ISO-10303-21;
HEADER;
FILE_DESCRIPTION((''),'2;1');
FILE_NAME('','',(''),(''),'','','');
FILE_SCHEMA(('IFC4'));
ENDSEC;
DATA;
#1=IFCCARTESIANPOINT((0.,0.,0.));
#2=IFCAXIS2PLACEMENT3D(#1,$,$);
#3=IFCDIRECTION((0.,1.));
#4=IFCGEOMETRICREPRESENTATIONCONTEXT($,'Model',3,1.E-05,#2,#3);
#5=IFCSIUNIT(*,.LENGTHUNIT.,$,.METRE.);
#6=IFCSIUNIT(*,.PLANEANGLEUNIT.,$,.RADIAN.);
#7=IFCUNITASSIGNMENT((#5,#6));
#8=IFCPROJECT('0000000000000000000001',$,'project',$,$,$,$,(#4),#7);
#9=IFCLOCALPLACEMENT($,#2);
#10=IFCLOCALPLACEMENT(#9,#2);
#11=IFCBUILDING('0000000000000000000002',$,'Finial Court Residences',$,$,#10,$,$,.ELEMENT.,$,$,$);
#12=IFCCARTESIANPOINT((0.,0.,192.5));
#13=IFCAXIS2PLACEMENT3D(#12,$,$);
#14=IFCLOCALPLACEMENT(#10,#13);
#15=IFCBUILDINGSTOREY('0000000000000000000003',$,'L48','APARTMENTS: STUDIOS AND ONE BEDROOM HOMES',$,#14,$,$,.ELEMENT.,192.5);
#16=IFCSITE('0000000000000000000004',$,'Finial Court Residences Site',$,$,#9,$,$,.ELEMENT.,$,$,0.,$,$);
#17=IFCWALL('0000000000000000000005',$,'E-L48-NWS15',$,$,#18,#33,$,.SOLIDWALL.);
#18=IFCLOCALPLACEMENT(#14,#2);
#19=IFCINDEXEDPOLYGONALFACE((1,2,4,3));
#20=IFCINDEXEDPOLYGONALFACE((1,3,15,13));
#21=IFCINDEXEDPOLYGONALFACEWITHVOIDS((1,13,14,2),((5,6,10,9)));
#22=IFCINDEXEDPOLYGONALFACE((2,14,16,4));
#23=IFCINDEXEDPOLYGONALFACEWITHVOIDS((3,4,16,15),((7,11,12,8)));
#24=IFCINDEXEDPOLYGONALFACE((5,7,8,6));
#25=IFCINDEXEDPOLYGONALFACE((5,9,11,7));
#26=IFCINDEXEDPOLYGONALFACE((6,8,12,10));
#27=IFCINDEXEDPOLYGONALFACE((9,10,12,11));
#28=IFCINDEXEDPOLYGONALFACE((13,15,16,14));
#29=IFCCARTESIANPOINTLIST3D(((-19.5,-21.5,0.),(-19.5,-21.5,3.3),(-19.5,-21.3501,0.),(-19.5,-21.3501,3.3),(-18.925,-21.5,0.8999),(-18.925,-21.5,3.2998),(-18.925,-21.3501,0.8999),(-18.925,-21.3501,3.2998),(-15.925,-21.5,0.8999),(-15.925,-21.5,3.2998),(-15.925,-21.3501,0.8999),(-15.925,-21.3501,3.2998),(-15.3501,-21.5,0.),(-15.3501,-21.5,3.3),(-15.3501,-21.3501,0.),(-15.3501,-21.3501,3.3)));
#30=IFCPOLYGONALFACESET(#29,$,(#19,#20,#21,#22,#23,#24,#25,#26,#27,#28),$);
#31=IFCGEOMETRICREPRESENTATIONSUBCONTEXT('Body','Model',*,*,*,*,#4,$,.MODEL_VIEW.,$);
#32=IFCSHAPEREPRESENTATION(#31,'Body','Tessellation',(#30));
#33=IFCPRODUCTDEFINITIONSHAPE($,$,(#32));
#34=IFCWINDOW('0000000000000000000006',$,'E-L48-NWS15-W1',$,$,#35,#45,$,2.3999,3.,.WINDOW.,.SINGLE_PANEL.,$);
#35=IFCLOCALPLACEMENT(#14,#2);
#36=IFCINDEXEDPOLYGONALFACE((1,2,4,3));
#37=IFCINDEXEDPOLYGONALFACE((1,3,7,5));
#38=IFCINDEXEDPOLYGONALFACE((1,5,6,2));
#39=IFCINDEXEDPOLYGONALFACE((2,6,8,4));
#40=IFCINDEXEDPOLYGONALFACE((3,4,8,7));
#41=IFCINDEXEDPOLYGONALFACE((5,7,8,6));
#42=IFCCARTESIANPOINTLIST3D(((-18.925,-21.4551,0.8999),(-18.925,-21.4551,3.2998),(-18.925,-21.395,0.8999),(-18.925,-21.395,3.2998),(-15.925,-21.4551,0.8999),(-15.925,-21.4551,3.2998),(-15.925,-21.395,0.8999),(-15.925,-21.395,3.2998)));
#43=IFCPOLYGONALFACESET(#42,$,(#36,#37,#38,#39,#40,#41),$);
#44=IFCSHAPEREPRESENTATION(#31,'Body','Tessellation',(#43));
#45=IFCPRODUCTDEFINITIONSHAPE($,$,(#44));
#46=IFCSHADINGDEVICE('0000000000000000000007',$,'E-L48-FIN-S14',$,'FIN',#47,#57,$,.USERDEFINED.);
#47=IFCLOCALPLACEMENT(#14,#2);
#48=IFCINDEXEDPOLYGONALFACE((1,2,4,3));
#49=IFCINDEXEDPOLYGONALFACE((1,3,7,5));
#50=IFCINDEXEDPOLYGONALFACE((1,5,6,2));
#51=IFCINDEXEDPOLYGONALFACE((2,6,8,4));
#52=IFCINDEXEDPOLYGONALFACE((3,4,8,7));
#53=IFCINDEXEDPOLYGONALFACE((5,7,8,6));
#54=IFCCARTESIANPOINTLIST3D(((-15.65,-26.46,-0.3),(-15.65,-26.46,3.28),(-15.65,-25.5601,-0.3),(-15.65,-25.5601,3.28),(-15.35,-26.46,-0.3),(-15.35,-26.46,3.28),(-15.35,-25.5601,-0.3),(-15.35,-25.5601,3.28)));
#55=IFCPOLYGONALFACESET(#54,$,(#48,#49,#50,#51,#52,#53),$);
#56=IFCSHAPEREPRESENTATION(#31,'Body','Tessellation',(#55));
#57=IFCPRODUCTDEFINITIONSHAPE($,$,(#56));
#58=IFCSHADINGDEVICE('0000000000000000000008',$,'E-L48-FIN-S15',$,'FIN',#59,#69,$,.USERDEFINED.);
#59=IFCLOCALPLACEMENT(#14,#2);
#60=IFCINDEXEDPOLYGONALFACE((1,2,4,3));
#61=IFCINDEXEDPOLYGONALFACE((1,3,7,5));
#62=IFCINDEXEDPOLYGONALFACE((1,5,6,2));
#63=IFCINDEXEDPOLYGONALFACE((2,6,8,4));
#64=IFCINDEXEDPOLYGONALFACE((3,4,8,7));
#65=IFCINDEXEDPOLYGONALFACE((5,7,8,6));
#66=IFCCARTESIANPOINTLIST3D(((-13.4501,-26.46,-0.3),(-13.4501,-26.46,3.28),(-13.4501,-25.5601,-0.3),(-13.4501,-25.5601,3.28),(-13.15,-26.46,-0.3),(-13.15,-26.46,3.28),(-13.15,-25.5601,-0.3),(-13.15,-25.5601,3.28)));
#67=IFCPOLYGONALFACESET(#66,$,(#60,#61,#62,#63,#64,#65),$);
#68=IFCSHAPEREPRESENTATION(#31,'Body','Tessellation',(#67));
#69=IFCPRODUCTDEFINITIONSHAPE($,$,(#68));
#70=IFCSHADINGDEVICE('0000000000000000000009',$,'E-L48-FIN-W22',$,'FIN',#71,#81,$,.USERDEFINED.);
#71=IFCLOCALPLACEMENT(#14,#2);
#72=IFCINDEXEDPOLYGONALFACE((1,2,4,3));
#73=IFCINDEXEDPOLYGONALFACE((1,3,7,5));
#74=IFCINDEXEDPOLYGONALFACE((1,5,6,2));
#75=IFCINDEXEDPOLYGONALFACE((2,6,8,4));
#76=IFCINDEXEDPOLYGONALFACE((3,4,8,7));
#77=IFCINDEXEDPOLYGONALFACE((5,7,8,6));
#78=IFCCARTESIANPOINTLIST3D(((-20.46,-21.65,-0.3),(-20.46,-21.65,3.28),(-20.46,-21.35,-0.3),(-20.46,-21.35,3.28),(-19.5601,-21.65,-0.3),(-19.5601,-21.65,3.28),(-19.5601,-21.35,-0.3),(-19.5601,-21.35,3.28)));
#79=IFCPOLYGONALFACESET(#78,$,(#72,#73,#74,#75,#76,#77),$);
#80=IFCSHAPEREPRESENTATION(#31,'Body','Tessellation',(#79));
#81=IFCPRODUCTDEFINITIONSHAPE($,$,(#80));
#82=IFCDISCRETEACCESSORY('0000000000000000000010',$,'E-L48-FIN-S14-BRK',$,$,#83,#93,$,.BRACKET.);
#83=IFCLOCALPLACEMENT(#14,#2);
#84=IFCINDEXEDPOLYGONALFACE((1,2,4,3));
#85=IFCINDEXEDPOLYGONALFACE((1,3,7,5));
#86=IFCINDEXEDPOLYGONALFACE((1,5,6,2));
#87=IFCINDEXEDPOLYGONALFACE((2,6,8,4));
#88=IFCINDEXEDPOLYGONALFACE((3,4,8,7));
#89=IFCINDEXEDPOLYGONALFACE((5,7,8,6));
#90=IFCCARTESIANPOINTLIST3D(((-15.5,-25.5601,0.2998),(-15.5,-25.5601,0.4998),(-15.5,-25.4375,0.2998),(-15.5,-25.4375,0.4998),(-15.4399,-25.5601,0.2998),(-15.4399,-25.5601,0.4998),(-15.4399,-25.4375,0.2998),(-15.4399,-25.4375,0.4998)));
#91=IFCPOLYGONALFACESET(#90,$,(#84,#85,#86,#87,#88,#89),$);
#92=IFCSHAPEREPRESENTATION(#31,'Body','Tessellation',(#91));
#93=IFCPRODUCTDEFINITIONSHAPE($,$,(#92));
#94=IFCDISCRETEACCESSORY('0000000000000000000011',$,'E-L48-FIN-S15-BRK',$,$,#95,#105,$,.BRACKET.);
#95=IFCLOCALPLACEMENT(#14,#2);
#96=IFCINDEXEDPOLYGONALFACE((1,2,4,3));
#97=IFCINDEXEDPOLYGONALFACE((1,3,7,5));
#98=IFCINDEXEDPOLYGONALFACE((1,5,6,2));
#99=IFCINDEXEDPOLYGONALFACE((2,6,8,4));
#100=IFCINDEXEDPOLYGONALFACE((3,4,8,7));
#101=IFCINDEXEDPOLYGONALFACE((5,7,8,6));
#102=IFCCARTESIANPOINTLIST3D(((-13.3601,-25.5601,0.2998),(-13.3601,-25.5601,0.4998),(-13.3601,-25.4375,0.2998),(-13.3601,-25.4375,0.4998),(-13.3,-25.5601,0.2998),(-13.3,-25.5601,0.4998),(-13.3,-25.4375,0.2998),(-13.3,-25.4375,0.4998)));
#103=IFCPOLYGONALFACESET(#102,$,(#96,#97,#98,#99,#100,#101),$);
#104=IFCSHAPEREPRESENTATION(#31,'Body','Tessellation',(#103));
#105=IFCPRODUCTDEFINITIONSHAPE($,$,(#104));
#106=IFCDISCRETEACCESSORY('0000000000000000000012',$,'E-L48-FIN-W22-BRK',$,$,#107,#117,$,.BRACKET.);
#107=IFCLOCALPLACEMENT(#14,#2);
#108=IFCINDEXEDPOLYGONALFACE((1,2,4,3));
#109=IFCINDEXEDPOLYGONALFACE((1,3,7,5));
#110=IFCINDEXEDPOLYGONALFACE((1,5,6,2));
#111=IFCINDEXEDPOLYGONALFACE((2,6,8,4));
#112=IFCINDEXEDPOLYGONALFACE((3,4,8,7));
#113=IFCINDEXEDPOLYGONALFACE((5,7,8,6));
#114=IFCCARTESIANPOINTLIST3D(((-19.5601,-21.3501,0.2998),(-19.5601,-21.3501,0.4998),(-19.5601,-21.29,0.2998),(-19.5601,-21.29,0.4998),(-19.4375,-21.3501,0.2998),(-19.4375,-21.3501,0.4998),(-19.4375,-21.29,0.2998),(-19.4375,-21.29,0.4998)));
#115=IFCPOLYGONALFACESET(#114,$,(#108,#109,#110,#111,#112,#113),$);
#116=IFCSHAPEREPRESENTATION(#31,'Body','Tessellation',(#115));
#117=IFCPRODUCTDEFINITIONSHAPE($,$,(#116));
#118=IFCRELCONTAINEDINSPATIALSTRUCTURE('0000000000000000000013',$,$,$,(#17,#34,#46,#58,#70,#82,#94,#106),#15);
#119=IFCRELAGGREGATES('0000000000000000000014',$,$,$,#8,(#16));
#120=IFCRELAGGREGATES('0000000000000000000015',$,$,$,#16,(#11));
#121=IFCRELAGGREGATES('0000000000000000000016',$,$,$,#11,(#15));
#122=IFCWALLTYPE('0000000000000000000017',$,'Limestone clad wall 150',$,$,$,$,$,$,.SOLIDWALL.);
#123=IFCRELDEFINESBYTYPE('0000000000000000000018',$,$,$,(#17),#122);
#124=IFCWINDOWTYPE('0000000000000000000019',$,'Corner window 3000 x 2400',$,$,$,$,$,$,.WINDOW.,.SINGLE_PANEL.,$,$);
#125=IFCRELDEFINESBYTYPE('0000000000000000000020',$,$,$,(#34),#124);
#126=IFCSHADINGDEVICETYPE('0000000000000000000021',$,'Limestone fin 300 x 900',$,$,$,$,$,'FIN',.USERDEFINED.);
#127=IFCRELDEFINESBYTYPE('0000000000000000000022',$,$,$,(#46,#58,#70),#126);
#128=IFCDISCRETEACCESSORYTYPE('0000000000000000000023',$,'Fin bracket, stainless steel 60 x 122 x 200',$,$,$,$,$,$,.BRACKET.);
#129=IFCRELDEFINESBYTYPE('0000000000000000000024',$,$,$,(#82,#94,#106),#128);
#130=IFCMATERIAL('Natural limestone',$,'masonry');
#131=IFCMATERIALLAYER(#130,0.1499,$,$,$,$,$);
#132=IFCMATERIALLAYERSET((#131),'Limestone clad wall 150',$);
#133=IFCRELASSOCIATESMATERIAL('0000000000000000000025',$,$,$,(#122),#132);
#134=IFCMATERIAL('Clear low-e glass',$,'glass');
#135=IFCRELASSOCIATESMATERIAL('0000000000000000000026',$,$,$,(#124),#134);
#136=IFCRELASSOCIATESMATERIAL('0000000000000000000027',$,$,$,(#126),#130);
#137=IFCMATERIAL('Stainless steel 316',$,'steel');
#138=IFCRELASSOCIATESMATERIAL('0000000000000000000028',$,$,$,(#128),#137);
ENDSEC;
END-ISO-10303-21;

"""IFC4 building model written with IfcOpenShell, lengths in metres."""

from ifc_helpers import new_model, si_unit, direction, frame, frame_2d, origin, origin_2d, place, context, subcontext, project, spatial, rectangle, extrude, material, layer, layer_set, type_object, element, fill, save


model = new_model("IFC4")

# Units and contexts
model_context = context("Model", 3, precision=1e-05, world=origin(), true_north=direction((0.0, 1.0)))
body_context = subcontext(model_context, "Body", "Model", "MODEL_VIEW")
ifc_project = project(units=[si_unit("LENGTHUNIT", "METRE"), si_unit("PLANEANGLEUNIT", "RADIAN")], contexts=[model_context])

# Site, building, storey
site_placement = place(None, origin())
site = spatial("IfcSite", under=ifc_project, at=site_placement, Name="Finial Court Residences Site", CompositionType="ELEMENT", RefElevation=0.0)
building_placement = place(site_placement, origin())
building = spatial("IfcBuilding", under=site, at=building_placement, Name="Finial Court Residences", CompositionType="ELEMENT")
storey_placement = place(building_placement, frame((0.0, 0.0, 192.5)))
storey = spatial("IfcBuildingStorey", under=building, at=storey_placement, Name="L48", Description="APARTMENTS: STUDIOS AND ONE BEDROOM HOMES", CompositionType="ELEMENT", Elevation=192.5)

# Shared definitions
ifc_material_1 = material(Name="Clear low-e glass", Category="glass")

# Wall, opening, window
ifc_material_2 = material(Name="Natural limestone", Category="masonry")
ifc_layer_1 = layer(ifc_material_2, 0.1499)
ifc_layer_set_1 = layer_set([ifc_layer_1], Name="Limestone clad wall 150")
wall_type_1 = type_object("IfcWallType", Name="Limestone clad wall 150", PredefinedType="SOLIDWALL", material=ifc_layer_set_1)
wall_1_placement = place(storey_placement, frame((-15.3501, -21.425, 0.0), z_axis=(0.0, 0.0, 1.0), x_axis=(-1.0, 0.0, 0.0)))
wall_1 = element("IfcWall", 1, at=wall_1_placement, inside=storey, type_object=wall_type_1, Name="E-L48-NWS15", PredefinedType="SOLIDWALL", context=body_context, shape_type="SweptSolid", body=[
    extrude(rectangle(XDim=4.1499, YDim=0.1499, at=frame_2d((2.075, 0.0))), origin(), (0.0, 0.0, 1.0), 3.3),
])
opening_1_placement = place(wall_1_placement, frame((0.575, 0.0, 0.8999)))
opening_1 = element("IfcOpeningElement", 2, at=opening_1_placement, cuts=wall_1, PredefinedType="OPENING", context=body_context, shape_type="SweptSolid", body=[
    extrude(rectangle(XDim=3.0, YDim=2.3999, at=frame_2d((1.5, 1.2))), frame((0.0, 0.085, 0.0), z_axis=(0.0, -1.0, 0.0), x_axis=(1.0, 0.0, 0.0)), (0.0, 0.0, 1.0), 0.1699),
])
window_type_1 = type_object("IfcWindowType", Name="Corner window 3000 x 2400", PartitioningType="SINGLE_PANEL", PredefinedType="WINDOW", material=ifc_material_1)
window_1_placement = place(opening_1_placement, origin())
window_1 = element("IfcWindow", 3, at=window_1_placement, inside=storey, type_object=window_type_1, Name="E-L48-NWS15-W1", OverallHeight=2.3999, OverallWidth=3.0, PartitioningType="SINGLE_PANEL", PredefinedType="WINDOW", context=body_context, shape_type="SweptSolid", body=[
    extrude(rectangle(XDim=3.0, YDim=2.3999, at=frame_2d((1.5, 1.2))), frame((0.0, 0.03, 0.0), z_axis=(0.0, -1.0, 0.0), x_axis=(1.0, 0.0, 0.0)), (0.0, 0.0, 1.0), 0.0601),
])
fill(opening_1, window_1)

# Shading devices
shading_device_type = type_object("IfcShadingDeviceType", Name="Limestone fin 300 x 900", ElementType="FIN", PredefinedType="USERDEFINED", material=ifc_material_2)
for number, where, z_axis, x_axis, name in (
    (4, (-15.5, -26.01, -0.3), (0.0, 0.0, 1.0), (1.0, 0.0, 0.0), "E-L48-FIN-S14"),
    (5, (-13.3, -26.01, -0.3), (0.0, 0.0, 1.0), (1.0, 0.0, 0.0), "E-L48-FIN-S15"),
):
    element("IfcShadingDevice", number, at=place(storey_placement, frame(where, z_axis=z_axis, x_axis=x_axis)), inside=storey, type_object=shading_device_type, Name=name, ObjectType="FIN", PredefinedType="USERDEFINED", context=body_context, shape_type="SweptSolid", body=[
        extrude(rectangle(XDim=0.3, YDim=0.8999, at=origin_2d()), origin(), (0.0, 0.0, 1.0), 3.5801),
    ])
shading_device_placement = place(storey_placement, frame((-20.01, -21.5, -0.3), z_axis=(0.0, 0.0, 1.0), x_axis=(1.0, 0.0, 0.0)))
element("IfcShadingDevice", 6, at=shading_device_placement, inside=storey, type_object=shading_device_type, Name="E-L48-FIN-W22", ObjectType="FIN", PredefinedType="USERDEFINED", context=body_context, shape_type="SweptSolid", body=[
    extrude(rectangle(XDim=0.8999, YDim=0.3, at=origin_2d()), origin(), (0.0, 0.0, 1.0), 3.5801),
])

# Discrete accessories
ifc_material_3 = material(Name="Stainless steel 316", Category="steel")
discrete_accessory_type = type_object("IfcDiscreteAccessoryType", Name="Fin bracket, stainless steel 60 x 122 x 200", PredefinedType="BRACKET", material=ifc_material_3)
for number, where, z_axis, x_axis, name in (
    (7, (-15.47, -25.4988, 0.2998), (0.0, 0.0, 1.0), (1.0, 0.0, 0.0), "E-L48-FIN-S14-BRK"),
    (8, (-13.3301, -25.4988, 0.2998), (0.0, 0.0, 1.0), (1.0, 0.0, 0.0), "E-L48-FIN-S15-BRK"),
):
    element("IfcDiscreteAccessory", number, at=place(storey_placement, frame(where, z_axis=z_axis, x_axis=x_axis)), inside=storey, type_object=discrete_accessory_type, Name=name, PredefinedType="BRACKET", context=body_context, shape_type="SweptSolid", body=[
        extrude(rectangle(XDim=0.0601, YDim=0.1226, at=origin_2d()), origin(), (0.0, 0.0, 1.0), 0.2),
    ])
discrete_accessory_placement = place(storey_placement, frame((-19.4988, -21.3201, 0.2998), z_axis=(0.0, 0.0, 1.0), x_axis=(1.0, 0.0, 0.0)))
element("IfcDiscreteAccessory", 9, at=discrete_accessory_placement, inside=storey, type_object=discrete_accessory_type, Name="E-L48-FIN-W22-BRK", PredefinedType="BRACKET", context=body_context, shape_type="SweptSolid", body=[
    extrude(rectangle(XDim=0.1226, YDim=0.0601, at=origin_2d()), origin(), (0.0, 0.0, 1.0), 0.2),
])

save(model, "model.ifc")
